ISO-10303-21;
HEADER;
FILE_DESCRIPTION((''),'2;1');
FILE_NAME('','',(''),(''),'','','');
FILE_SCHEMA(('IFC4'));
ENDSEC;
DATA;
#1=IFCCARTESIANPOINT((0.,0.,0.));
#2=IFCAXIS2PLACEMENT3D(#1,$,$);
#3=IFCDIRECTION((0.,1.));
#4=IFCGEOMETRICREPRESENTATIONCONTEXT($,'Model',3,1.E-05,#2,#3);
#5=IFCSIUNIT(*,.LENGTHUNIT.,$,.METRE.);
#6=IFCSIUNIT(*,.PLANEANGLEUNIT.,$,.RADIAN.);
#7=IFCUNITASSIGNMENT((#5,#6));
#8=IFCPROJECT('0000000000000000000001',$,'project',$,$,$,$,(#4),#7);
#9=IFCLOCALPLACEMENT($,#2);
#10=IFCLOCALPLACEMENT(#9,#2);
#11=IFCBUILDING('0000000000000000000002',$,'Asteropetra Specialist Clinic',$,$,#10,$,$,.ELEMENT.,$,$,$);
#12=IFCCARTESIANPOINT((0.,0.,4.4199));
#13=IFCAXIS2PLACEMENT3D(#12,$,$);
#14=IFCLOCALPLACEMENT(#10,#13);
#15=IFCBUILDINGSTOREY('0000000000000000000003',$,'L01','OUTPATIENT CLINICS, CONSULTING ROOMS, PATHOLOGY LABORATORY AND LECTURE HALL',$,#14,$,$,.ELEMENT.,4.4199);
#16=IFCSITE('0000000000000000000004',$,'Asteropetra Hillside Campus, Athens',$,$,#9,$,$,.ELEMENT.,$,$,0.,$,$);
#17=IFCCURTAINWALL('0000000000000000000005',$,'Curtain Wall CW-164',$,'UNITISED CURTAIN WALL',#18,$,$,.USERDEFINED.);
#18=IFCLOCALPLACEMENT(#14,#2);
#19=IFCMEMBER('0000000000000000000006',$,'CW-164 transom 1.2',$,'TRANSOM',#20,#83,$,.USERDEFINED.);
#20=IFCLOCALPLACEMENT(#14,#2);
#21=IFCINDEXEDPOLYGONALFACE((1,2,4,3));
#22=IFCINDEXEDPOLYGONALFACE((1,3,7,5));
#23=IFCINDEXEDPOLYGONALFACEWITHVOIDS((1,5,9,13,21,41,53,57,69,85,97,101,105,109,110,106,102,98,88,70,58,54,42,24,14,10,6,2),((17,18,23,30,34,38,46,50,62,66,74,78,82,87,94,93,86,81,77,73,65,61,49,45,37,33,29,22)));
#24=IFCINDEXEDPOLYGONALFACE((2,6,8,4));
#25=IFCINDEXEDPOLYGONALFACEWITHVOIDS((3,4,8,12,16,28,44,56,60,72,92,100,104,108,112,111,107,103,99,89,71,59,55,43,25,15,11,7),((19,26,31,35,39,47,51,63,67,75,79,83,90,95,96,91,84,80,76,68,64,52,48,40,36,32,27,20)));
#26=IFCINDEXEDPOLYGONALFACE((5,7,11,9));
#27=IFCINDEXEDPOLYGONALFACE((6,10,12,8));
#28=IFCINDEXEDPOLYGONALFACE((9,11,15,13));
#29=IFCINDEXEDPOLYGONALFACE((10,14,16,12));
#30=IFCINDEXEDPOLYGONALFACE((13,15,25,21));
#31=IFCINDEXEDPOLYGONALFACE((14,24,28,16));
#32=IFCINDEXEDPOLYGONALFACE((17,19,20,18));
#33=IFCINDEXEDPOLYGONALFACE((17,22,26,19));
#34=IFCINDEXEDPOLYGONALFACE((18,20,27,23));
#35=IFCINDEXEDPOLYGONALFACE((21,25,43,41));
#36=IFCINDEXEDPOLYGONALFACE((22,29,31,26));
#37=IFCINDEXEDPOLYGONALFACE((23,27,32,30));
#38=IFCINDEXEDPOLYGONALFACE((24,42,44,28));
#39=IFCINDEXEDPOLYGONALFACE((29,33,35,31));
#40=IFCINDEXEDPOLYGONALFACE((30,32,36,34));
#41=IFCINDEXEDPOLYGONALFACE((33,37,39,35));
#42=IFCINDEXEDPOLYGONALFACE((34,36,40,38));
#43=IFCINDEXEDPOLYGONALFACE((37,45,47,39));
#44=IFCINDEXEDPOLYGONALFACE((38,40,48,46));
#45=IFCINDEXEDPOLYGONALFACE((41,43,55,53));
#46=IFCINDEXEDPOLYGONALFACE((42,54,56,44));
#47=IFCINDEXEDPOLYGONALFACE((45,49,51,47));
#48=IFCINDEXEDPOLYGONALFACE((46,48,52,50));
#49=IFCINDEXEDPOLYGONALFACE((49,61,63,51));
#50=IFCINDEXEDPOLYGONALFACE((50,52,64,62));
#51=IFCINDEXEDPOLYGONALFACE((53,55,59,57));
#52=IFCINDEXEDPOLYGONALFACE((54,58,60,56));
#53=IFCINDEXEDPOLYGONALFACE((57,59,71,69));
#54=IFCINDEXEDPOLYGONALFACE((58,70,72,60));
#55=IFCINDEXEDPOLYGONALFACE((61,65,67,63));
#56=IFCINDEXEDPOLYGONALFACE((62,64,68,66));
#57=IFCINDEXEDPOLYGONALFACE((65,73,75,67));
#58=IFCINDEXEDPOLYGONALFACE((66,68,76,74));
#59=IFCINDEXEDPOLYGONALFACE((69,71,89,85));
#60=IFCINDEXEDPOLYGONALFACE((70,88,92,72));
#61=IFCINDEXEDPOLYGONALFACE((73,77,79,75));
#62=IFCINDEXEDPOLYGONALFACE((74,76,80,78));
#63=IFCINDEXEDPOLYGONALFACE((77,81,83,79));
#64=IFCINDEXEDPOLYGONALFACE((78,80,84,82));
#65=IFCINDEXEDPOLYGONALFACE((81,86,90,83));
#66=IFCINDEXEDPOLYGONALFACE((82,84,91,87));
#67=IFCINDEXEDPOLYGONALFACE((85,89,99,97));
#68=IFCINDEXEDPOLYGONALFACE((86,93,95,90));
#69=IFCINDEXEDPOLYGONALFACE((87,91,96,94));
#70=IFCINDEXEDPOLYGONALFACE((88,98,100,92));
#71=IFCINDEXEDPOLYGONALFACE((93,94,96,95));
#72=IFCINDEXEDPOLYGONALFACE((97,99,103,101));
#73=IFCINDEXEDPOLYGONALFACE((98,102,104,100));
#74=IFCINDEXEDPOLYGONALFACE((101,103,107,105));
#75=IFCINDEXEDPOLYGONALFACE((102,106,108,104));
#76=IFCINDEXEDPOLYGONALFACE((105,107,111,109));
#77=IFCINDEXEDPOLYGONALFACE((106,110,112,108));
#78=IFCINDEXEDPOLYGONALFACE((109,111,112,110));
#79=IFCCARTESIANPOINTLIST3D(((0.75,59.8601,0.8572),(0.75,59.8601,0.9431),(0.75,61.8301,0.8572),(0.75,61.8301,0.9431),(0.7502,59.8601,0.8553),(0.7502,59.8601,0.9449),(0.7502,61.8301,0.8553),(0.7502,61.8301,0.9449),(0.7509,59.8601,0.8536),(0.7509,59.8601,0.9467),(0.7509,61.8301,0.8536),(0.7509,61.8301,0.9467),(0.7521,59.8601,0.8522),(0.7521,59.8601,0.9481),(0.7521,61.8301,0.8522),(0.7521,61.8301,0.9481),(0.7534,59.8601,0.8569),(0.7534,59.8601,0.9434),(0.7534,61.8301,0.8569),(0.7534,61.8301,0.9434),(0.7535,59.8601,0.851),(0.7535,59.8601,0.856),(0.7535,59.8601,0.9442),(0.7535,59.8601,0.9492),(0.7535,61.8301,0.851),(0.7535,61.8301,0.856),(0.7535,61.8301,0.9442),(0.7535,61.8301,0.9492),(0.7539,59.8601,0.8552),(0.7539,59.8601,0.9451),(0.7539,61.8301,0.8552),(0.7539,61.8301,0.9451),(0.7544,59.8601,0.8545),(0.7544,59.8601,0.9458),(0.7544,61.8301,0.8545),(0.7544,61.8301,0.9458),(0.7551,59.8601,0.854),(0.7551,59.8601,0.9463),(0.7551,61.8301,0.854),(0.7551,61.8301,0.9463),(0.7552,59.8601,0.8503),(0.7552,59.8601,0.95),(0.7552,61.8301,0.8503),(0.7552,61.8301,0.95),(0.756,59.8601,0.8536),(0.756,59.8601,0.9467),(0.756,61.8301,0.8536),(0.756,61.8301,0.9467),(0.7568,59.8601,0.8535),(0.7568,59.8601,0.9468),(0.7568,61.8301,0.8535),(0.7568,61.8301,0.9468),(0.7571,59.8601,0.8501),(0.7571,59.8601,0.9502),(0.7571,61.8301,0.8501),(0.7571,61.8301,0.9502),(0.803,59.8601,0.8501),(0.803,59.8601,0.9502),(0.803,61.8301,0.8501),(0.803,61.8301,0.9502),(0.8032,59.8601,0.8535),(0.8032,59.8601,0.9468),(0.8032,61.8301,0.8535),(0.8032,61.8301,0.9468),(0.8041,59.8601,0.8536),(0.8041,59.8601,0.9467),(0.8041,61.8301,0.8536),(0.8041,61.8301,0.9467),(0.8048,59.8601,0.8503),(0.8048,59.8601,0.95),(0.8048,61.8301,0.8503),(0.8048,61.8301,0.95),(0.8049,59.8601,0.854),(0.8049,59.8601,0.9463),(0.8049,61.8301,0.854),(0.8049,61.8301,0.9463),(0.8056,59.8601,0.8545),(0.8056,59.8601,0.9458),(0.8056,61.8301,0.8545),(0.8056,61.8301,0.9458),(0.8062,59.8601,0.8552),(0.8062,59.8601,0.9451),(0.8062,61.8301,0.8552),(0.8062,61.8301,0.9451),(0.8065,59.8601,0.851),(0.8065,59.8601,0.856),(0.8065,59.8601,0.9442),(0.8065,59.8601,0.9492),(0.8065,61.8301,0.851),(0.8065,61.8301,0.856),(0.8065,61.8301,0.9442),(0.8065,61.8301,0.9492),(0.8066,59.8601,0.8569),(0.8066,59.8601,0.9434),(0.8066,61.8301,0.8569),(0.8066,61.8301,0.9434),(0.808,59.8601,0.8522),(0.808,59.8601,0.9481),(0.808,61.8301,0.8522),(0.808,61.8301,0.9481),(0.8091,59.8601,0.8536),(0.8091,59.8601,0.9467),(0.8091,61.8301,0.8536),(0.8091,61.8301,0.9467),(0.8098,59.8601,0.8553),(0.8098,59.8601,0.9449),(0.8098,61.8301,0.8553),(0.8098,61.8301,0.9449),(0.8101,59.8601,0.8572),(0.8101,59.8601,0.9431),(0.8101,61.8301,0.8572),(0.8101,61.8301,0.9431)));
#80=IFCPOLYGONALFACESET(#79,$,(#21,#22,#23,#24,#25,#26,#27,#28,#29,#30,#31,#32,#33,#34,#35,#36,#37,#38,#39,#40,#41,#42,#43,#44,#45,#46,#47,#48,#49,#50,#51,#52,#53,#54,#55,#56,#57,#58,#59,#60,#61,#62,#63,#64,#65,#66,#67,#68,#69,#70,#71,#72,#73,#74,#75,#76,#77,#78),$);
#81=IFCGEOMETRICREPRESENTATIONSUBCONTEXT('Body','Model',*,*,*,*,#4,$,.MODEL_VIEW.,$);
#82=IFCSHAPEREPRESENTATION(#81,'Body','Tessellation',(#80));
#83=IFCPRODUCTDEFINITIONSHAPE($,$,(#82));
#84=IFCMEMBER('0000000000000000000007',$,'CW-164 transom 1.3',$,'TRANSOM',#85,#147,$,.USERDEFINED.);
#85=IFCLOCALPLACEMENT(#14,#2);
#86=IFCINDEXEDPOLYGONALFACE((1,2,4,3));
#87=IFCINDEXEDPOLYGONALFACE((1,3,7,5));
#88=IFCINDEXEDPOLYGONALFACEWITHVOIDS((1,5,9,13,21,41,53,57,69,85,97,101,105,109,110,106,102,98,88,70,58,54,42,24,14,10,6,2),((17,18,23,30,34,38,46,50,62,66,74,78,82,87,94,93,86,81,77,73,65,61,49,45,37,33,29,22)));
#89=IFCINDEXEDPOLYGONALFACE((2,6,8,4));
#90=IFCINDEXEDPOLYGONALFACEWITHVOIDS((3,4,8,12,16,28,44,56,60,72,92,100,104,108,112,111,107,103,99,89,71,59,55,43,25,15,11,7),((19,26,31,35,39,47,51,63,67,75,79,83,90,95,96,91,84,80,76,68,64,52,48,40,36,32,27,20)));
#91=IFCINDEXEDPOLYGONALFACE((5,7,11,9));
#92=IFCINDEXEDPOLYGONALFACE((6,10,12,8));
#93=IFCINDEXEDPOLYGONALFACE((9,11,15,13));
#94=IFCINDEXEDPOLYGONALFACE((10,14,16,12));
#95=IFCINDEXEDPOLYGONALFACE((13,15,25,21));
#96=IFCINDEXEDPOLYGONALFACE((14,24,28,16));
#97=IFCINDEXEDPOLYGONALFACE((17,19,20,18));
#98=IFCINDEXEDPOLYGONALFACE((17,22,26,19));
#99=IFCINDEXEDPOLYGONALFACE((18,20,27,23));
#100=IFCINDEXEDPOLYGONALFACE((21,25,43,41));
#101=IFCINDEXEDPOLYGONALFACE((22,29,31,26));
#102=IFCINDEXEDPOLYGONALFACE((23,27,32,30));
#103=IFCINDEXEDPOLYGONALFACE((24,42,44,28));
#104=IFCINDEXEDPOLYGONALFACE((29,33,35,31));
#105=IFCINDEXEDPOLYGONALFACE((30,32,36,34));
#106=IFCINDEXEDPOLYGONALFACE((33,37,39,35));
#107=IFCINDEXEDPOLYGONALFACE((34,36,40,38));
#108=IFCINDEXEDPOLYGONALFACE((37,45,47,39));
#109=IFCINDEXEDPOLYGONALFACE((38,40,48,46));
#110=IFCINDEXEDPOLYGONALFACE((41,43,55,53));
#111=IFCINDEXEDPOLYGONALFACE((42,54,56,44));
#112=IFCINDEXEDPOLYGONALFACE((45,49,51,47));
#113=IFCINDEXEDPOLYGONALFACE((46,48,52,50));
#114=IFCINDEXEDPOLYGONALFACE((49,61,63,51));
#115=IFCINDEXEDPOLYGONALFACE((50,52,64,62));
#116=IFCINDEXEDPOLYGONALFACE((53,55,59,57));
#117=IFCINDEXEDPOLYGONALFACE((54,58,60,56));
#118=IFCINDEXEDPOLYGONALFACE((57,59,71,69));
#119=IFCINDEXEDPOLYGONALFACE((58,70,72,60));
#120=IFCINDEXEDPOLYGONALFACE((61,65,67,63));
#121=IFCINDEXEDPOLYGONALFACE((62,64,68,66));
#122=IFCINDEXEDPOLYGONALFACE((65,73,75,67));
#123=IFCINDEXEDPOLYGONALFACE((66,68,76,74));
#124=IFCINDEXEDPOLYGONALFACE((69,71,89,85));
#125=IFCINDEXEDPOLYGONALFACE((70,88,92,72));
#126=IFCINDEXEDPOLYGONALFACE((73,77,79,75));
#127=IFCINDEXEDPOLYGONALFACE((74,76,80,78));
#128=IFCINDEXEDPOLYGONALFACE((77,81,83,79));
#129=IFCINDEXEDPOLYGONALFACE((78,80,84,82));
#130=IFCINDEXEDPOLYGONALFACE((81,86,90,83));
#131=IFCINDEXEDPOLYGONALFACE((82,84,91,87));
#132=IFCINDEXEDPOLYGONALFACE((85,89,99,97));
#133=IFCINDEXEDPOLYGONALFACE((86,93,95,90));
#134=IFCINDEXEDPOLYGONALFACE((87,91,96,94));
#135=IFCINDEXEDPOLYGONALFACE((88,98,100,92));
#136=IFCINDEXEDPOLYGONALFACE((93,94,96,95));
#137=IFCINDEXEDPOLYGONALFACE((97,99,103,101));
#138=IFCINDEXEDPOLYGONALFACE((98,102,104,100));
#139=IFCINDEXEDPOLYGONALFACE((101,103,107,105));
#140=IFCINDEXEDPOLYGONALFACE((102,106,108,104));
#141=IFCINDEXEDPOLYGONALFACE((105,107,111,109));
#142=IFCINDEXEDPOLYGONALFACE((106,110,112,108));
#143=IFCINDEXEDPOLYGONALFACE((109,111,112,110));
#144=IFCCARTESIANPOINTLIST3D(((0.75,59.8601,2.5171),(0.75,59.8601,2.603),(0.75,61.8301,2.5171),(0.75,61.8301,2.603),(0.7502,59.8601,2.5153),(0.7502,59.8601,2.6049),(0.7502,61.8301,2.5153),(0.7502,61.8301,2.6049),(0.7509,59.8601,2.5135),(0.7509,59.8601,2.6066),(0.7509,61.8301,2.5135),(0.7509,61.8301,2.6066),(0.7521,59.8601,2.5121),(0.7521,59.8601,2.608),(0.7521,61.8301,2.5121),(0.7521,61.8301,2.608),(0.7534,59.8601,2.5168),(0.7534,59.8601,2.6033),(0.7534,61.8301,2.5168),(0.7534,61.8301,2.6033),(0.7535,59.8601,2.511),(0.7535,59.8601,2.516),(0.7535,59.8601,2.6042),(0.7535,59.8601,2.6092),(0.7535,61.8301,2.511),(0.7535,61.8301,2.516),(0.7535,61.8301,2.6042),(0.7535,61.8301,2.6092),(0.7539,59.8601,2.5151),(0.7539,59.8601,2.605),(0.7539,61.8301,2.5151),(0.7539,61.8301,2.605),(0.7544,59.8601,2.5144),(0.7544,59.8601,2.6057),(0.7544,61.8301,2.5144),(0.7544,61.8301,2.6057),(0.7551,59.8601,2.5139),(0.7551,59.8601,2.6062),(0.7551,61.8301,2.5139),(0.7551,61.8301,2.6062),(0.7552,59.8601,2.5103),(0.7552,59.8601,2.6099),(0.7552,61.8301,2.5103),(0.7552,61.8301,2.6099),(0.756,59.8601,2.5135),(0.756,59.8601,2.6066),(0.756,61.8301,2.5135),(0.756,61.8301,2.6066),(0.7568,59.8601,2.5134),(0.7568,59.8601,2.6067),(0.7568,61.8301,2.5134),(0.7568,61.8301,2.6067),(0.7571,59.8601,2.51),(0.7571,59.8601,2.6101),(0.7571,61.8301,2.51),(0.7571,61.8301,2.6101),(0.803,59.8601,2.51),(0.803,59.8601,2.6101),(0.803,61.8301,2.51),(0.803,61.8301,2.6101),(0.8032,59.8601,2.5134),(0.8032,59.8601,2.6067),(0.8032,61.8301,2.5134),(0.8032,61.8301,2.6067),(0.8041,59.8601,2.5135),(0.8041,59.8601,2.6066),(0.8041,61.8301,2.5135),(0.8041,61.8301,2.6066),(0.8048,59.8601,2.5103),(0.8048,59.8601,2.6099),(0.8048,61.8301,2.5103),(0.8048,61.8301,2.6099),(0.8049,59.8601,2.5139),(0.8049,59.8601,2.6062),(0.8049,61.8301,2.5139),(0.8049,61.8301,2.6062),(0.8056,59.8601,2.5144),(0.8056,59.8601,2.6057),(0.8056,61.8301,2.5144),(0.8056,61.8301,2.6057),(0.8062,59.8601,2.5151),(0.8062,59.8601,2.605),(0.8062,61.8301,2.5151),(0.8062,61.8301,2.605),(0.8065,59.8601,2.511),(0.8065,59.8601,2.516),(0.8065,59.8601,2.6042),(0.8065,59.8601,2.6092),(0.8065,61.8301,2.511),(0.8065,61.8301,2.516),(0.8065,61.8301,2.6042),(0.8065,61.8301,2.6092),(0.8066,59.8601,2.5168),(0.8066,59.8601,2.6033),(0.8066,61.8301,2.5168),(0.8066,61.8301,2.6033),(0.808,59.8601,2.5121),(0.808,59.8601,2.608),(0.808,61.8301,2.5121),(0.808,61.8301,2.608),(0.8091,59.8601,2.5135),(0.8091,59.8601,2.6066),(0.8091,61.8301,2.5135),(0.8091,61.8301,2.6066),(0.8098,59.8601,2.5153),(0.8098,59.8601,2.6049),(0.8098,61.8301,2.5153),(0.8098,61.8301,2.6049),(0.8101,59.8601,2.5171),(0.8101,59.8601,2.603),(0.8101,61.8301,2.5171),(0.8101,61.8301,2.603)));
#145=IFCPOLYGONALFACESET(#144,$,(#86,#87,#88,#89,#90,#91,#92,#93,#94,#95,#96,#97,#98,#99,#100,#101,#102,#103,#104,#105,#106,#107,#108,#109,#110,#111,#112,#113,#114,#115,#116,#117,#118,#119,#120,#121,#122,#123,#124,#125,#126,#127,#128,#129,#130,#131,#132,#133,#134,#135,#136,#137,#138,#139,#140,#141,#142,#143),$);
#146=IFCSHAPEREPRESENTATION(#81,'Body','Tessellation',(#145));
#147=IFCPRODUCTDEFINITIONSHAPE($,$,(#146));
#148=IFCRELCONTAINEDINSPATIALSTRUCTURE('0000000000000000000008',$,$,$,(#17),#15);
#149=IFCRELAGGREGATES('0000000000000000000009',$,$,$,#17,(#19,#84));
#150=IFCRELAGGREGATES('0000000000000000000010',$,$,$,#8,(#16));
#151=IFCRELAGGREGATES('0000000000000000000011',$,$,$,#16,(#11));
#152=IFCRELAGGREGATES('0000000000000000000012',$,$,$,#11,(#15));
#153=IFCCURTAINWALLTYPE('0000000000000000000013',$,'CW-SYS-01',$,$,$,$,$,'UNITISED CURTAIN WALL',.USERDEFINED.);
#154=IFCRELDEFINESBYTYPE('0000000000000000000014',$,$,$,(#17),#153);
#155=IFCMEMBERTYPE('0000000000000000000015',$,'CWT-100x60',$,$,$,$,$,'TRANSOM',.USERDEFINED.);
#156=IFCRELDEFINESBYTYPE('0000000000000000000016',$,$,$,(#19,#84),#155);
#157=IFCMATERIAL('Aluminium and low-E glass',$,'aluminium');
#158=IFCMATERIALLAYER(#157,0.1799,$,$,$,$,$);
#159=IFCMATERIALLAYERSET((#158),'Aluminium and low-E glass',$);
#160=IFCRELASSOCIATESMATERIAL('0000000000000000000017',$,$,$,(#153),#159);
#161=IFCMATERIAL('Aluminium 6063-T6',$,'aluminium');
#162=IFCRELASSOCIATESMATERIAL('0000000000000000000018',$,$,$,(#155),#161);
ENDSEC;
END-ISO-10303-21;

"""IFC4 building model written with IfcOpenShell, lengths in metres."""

from ifc_helpers import new_model, si_unit, direction, frame, origin, origin_2d, place, context, subcontext, project, spatial, hollow_rectangle, extrude, material, layer, layer_set, material_profile, profile_set, type_object, element, aggregate, save


model = new_model("IFC4")

# Units and contexts
model_context = context("Model", 3, precision=1e-05, world=origin(), true_north=direction((0.0, 1.0)))
body_context = subcontext(model_context, "Body", "Model", "MODEL_VIEW")
ifc_project = project(units=[si_unit("LENGTHUNIT", "METRE"), si_unit("PLANEANGLEUNIT", "RADIAN")], contexts=[model_context])

# Site, building, storey
site_placement = place(None, origin())
site = spatial("IfcSite", under=ifc_project, at=site_placement, Name="Asteropetra Hillside Campus, Athens", CompositionType="ELEMENT", RefElevation=0.0)
building_placement = place(site_placement, origin())
building = spatial("IfcBuilding", under=site, at=building_placement, Name="Asteropetra Specialist Clinic", CompositionType="ELEMENT")
storey_placement = place(building_placement, frame((0.0, 0.0, 4.4199)))
storey = spatial("IfcBuildingStorey", under=building, at=storey_placement, Name="L01", Description="OUTPATIENT CLINICS, CONSULTING ROOMS, PATHOLOGY LABORATORY AND LECTURE HALL", CompositionType="ELEMENT", Elevation=4.4199)

# Curtain wall, members
ifc_material_1 = material(Name="Aluminium and low-E glass", Category="aluminium")
ifc_layer_1 = layer(ifc_material_1, 0.1799)
ifc_layer_set_1 = layer_set([ifc_layer_1], Name="Aluminium and low-E glass")
curtain_wall_type = type_object("IfcCurtainWallType", Name="CW-SYS-01", ElementType="UNITISED CURTAIN WALL", PredefinedType="USERDEFINED", material=ifc_layer_set_1)
curtain_wall_placement = place(storey_placement, origin())
curtain_wall = element("IfcCurtainWall", 1, at=curtain_wall_placement, inside=storey, type_object=curtain_wall_type, Name="Curtain Wall CW-164", ObjectType="UNITISED CURTAIN WALL", PredefinedType="USERDEFINED")
ifc_material_2 = material(Name="Aluminium 6063-T6", Category="aluminium")
ifc_material_profile_1 = material_profile(ifc_material_2, hollow_rectangle(XDim=0.0601, YDim=0.1001, WallThickness=0.0034, InnerFilletRadius=0.0034, OuterFilletRadius=0.0071, at=origin_2d()), Name="TRN 100x60x3.5")
ifc_profile_set_1 = profile_set([ifc_material_profile_1], Name="Aluminium 6063-T6")
member_type_1 = type_object("IfcMemberType", Name="CWT-100x60", ElementType="TRANSOM", PredefinedType="USERDEFINED", material=ifc_profile_set_1)
member_1_placement = place(storey_placement, frame((0.78, 61.8301, 0.9001), z_axis=(0.0, -1.0, 0.0), x_axis=(1.0, 0.0, 0.0)))
member_1 = element("IfcMember", 2, at=member_1_placement, type_object=member_type_1, Name="CW-164 transom 1.2", ObjectType="TRANSOM", PredefinedType="USERDEFINED", context=body_context, shape_type="SweptSolid", body=[
    extrude(hollow_rectangle(XDim=0.0601, YDim=0.1001, WallThickness=0.0034, InnerFilletRadius=0.0034, OuterFilletRadius=0.0071, at=origin_2d()), origin(), (0.0, 0.0, 1.0), 1.97),
])
member_2_placement = place(storey_placement, frame((0.78, 61.8301, 2.5601), z_axis=(0.0, -1.0, 0.0), x_axis=(1.0, 0.0, 0.0)))
member_2 = element("IfcMember", 3, at=member_2_placement, type_object=member_type_1, Name="CW-164 transom 1.3", ObjectType="TRANSOM", PredefinedType="USERDEFINED", context=body_context, shape_type="SweptSolid", body=[
    extrude(hollow_rectangle(XDim=0.0601, YDim=0.1001, WallThickness=0.0034, InnerFilletRadius=0.0034, OuterFilletRadius=0.0071, at=origin_2d()), origin(), (0.0, 0.0, 1.0), 1.97),
])
aggregate(curtain_wall, [member_1, member_2])

save(model, "model.ifc")
